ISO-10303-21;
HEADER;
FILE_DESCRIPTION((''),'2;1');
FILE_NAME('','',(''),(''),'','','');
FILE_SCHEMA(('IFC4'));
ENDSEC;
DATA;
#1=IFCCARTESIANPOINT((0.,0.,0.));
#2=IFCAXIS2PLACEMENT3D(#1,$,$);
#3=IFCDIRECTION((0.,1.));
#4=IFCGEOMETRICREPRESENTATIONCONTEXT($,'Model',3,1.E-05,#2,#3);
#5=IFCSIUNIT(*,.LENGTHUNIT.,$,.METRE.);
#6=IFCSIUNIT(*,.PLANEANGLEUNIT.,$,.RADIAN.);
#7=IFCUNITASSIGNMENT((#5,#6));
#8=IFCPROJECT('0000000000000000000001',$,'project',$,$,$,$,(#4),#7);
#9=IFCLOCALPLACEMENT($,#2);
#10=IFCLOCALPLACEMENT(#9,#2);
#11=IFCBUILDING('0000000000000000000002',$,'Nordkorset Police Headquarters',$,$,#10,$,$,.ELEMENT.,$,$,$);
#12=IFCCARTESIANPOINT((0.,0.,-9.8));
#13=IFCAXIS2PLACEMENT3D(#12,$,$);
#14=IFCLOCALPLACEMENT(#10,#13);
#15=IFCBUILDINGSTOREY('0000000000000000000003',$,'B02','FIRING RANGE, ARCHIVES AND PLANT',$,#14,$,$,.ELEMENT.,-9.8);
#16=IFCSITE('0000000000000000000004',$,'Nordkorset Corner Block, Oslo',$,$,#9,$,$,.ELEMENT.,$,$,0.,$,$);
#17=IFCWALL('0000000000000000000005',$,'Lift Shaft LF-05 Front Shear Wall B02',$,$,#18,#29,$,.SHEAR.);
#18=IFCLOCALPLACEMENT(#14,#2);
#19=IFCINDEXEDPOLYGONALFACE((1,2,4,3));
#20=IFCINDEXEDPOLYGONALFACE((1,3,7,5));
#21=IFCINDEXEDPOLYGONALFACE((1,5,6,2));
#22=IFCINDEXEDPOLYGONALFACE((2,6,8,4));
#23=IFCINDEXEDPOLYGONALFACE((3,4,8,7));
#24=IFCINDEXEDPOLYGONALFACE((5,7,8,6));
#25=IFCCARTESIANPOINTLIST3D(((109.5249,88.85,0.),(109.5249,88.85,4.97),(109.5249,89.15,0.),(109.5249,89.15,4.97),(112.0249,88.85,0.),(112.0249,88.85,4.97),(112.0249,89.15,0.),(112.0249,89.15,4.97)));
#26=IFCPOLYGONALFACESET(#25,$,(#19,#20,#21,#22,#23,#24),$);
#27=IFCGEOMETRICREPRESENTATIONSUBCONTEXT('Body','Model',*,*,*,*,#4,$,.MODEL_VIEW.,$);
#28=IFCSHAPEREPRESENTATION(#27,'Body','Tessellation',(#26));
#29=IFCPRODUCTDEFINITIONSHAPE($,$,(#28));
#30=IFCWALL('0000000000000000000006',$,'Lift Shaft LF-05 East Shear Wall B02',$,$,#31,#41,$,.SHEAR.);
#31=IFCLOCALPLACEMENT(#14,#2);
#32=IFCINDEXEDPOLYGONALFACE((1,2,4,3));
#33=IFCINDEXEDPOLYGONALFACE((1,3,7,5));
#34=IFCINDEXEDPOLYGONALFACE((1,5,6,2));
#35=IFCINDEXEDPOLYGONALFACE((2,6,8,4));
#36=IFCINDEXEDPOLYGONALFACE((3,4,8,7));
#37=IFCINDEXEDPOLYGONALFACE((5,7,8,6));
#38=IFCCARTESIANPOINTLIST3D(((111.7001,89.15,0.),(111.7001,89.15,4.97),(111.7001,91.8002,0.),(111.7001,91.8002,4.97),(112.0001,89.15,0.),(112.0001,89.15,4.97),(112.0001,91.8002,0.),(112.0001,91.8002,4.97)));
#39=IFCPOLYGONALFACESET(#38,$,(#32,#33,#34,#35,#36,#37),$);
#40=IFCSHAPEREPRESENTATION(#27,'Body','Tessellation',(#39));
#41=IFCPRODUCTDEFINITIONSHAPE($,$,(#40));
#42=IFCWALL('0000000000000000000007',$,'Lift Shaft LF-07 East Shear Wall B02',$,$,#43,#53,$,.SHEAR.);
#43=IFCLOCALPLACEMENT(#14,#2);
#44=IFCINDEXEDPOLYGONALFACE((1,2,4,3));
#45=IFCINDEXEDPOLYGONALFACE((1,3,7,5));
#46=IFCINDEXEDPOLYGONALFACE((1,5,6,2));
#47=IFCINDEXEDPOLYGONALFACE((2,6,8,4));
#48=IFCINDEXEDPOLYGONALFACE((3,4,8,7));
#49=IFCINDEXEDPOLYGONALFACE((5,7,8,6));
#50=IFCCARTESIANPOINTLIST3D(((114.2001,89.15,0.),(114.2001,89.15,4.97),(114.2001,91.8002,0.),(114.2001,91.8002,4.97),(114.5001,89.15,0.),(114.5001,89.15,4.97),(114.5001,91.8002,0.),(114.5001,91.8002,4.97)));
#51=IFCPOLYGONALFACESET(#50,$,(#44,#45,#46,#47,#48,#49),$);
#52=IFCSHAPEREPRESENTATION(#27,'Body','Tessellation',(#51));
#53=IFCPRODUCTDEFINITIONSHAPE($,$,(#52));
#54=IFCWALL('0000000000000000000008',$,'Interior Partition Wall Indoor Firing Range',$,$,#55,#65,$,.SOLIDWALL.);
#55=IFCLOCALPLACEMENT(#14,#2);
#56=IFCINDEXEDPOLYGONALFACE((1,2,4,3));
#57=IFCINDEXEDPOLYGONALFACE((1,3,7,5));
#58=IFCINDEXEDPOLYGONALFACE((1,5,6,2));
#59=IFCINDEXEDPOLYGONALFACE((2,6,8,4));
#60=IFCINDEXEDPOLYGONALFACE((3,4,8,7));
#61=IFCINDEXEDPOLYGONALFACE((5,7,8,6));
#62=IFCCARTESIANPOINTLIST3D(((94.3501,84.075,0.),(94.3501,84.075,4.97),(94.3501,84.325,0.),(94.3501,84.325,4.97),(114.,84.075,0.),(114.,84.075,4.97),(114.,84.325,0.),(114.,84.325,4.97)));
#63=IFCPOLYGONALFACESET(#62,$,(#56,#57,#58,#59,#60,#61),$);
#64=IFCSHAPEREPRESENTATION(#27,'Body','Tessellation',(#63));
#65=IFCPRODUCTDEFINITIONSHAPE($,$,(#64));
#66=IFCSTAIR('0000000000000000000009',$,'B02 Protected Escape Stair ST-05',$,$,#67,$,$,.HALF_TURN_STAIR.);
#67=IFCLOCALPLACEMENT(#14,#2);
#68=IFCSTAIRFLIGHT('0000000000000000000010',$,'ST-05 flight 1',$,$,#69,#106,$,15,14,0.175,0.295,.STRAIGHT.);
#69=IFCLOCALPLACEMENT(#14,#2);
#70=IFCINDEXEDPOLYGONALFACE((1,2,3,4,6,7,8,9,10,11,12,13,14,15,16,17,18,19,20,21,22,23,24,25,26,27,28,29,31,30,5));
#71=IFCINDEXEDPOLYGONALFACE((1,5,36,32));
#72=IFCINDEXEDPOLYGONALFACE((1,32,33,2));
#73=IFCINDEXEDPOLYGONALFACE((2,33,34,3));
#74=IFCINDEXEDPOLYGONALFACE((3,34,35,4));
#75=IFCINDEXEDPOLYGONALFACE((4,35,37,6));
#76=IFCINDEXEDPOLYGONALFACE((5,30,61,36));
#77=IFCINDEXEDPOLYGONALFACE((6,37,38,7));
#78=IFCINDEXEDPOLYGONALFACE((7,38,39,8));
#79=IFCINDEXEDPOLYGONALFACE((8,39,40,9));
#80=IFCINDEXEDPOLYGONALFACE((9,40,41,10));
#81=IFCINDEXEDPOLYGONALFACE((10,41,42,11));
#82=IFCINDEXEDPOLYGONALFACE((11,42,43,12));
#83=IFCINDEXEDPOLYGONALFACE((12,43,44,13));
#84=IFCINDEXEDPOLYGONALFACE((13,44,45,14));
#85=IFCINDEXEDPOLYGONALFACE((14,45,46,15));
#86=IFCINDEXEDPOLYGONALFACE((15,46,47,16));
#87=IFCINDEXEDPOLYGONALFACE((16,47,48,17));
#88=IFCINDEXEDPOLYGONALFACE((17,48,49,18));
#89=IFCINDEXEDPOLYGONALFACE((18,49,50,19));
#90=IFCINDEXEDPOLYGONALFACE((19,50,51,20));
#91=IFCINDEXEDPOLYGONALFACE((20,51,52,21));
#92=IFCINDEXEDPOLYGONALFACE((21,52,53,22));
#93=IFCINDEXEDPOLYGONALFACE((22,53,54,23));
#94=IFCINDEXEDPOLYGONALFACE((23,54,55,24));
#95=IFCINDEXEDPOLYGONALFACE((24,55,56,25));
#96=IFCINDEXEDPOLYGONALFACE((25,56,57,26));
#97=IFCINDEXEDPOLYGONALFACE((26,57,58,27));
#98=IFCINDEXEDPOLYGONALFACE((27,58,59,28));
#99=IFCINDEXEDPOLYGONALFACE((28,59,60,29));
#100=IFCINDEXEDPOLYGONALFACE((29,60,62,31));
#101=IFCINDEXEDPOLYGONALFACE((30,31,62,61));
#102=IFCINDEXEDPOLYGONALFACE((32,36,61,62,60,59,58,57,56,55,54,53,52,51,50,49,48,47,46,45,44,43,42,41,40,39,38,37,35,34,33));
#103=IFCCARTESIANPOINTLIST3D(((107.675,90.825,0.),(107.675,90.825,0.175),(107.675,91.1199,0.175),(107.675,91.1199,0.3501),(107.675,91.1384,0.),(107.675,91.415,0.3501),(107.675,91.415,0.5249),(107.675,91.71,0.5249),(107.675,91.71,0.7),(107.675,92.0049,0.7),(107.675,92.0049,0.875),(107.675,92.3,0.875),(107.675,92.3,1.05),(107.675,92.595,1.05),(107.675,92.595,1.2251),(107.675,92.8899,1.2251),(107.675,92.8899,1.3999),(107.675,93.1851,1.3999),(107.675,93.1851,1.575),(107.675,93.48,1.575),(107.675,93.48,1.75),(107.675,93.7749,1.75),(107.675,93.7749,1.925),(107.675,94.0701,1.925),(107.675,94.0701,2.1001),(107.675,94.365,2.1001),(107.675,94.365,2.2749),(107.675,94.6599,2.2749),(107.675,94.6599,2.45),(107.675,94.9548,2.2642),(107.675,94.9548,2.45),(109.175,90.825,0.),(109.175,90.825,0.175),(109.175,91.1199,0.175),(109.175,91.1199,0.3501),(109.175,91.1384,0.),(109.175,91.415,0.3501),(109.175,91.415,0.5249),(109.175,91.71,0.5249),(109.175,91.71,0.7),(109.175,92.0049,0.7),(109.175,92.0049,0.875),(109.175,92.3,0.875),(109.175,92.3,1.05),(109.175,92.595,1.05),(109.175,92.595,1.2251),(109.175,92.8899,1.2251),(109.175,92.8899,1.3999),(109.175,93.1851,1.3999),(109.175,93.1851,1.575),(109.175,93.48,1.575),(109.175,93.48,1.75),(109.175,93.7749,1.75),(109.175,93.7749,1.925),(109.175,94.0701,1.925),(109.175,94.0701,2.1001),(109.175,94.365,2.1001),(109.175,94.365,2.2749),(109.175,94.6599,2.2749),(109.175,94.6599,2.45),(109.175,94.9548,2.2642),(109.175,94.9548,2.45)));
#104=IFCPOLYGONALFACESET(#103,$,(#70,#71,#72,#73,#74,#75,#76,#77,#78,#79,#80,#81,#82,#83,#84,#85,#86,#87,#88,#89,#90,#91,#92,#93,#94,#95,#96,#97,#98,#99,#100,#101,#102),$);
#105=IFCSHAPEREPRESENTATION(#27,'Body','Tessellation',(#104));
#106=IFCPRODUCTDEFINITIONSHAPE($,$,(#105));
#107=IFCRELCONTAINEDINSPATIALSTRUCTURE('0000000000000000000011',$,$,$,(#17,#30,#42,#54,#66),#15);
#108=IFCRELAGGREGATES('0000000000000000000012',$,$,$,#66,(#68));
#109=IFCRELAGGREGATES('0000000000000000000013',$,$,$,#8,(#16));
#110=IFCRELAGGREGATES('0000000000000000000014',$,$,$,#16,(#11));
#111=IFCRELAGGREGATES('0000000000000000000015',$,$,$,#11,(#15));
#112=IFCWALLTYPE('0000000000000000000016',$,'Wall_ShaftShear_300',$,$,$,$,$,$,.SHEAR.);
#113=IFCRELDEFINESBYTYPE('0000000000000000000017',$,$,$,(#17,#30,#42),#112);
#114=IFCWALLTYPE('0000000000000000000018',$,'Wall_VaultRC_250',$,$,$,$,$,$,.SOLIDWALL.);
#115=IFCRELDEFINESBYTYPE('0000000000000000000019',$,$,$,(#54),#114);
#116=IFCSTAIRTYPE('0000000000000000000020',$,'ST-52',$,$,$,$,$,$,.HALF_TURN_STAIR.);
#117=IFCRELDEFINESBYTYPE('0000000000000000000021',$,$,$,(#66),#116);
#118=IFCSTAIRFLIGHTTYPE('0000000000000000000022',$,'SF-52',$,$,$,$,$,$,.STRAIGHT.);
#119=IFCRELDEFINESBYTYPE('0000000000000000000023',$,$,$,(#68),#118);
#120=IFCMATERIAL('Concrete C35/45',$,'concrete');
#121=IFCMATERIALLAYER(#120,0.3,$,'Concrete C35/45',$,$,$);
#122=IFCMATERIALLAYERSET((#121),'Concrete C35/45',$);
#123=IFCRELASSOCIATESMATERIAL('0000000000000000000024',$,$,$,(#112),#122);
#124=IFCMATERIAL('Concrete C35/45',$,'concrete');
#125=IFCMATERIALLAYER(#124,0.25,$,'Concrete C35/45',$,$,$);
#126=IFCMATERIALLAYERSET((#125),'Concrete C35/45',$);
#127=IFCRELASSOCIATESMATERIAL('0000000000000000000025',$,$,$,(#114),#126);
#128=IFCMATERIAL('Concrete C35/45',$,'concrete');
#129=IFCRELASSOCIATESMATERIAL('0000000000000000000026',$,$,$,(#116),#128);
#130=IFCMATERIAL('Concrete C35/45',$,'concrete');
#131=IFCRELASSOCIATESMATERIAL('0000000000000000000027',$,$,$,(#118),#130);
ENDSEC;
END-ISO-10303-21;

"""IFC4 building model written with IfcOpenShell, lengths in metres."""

from ifc_helpers import new_model, si_unit, direction, frame, frame_2d, origin, place, context, subcontext, project, spatial, polyline, rectangle, outline, extrude, material, layer, layer_set, type_object, element, aggregate, save


model = new_model("IFC4")

# Units and contexts
model_context = context("Model", 3, precision=1e-05, world=origin(), true_north=direction((0.0, 1.0)))
body_context = subcontext(model_context, "Body", "Model", "MODEL_VIEW")
ifc_project = project(units=[si_unit("LENGTHUNIT", "METRE"), si_unit("PLANEANGLEUNIT", "RADIAN")], contexts=[model_context])

# Site, building, storey
site_placement = place(None, origin())
site = spatial("IfcSite", under=ifc_project, at=site_placement, Name="Nordkorset Corner Block, Oslo", CompositionType="ELEMENT", RefElevation=0.0)
building_placement = place(site_placement, origin())
building = spatial("IfcBuilding", under=site, at=building_placement, Name="Nordkorset Police Headquarters", CompositionType="ELEMENT")
storey_placement = place(building_placement, frame((0.0, 0.0, -9.8)))
storey = spatial("IfcBuildingStorey", under=building, at=storey_placement, Name="B02", Description="FIRING RANGE, ARCHIVES AND PLANT", CompositionType="ELEMENT", Elevation=-9.8)

# Walls
ifc_material_1 = material(Name="Concrete C35/45", Category="concrete")
ifc_layer_1 = layer(ifc_material_1, 0.3, Name="Concrete C35/45")
ifc_layer_set_1 = layer_set([ifc_layer_1], Name="Concrete C35/45")
wall_type_1 = type_object("IfcWallType", Name="Wall_ShaftShear_300", PredefinedType="SHEAR", material=ifc_layer_set_1)
wall_1_placement = place(storey_placement, frame((109.5249, 89.0, 0.0), z_axis=(0.0, 0.0, 1.0), x_axis=(1.0, 0.0, 0.0)))
element("IfcWall", 1, at=wall_1_placement, inside=storey, type_object=wall_type_1, Name="Lift Shaft LF-05 Front Shear Wall B02", PredefinedType="SHEAR", context=body_context, shape_type="SweptSolid", body=[
    extrude(rectangle(XDim=2.5, YDim=0.3, at=frame_2d((1.25, 0.0))), origin(), (0.0, 0.0, 1.0), 4.97),
])
wall_2_placement = place(storey_placement, frame((111.8501, 89.1499, 0.0), z_axis=(0.0, 0.0, 1.0), x_axis=(0.0, 1.0, 0.0)))
element("IfcWall", 2, at=wall_2_placement, inside=storey, type_object=wall_type_1, Name="Lift Shaft LF-05 East Shear Wall B02", PredefinedType="SHEAR", context=body_context, shape_type="SweptSolid", body=[
    extrude(rectangle(XDim=2.6501, YDim=0.3, at=frame_2d((1.3252, 0.0))), origin(), (0.0, 0.0, 1.0), 4.97),
])

# Walls
wall_3_placement = place(storey_placement, frame((114.3501, 89.1499, 0.0), z_axis=(0.0, 0.0, 1.0), x_axis=(0.0, 1.0, 0.0)))
element("IfcWall", 3, at=wall_3_placement, inside=storey, type_object=wall_type_1, Name="Lift Shaft LF-07 East Shear Wall B02", PredefinedType="SHEAR", context=body_context, shape_type="SweptSolid", body=[
    extrude(rectangle(XDim=2.6501, YDim=0.3, at=frame_2d((1.3252, 0.0))), origin(), (0.0, 0.0, 1.0), 4.97),
])
ifc_material_2 = material(Name="Concrete C35/45", Category="concrete")
ifc_layer_2 = layer(ifc_material_2, 0.25, Name="Concrete C35/45")
ifc_layer_set_2 = layer_set([ifc_layer_2], Name="Concrete C35/45")
wall_type_2 = type_object("IfcWallType", Name="Wall_VaultRC_250", PredefinedType="SOLIDWALL", material=ifc_layer_set_2)
wall_4_placement = place(storey_placement, frame((114.0, 84.2, 0.0), z_axis=(0.0, 0.0, 1.0), x_axis=(-1.0, 0.0, 0.0)))
element("IfcWall", 4, at=wall_4_placement, inside=storey, type_object=wall_type_2, Name="Interior Partition Wall Indoor Firing Range", PredefinedType="SOLIDWALL", context=body_context, shape_type="SweptSolid", body=[
    extrude(rectangle(XDim=19.6499, YDim=0.25, at=frame_2d((9.825, 0.0))), origin(), (0.0, 0.0, 1.0), 4.97),
])

# Stair, stair flight
ifc_material_3 = material(Name="Concrete C35/45", Category="concrete")
stair_type = type_object("IfcStairType", Name="ST-52", PredefinedType="HALF_TURN_STAIR", material=ifc_material_3)
stair_placement = place(storey_placement, origin())
stair = element("IfcStair", 5, at=stair_placement, inside=storey, type_object=stair_type, Name="B02 Protected Escape Stair ST-05", PredefinedType="HALF_TURN_STAIR")
ifc_material_4 = material(Name="Concrete C35/45", Category="concrete")
stair_flight_type = type_object("IfcStairFlightType", Name="SF-52", PredefinedType="STRAIGHT", material=ifc_material_4)
stair_flight_placement = place(storey_placement, frame((108.425, 90.825, 0.0), z_axis=(0.0, 0.0, 1.0), x_axis=(0.0, 1.0, 0.0)))
stair_flight = element("IfcStairFlight", 6, at=stair_flight_placement, type_object=stair_flight_type, Name="ST-05 flight 1", NumberOfRisers=15, NumberOfTreads=14, PredefinedType="STRAIGHT", RiserHeight=0.175, TreadLength=0.295, context=body_context, shape_type="SweptSolid", body=[
    extrude(outline(polyline([(0.0, 0.0), (0.0, 0.175), (0.2949, 0.175), (0.2949, 0.3501), (0.5901, 0.3501), (0.5901, 0.5249), (0.885, 0.5249), (0.885, 0.7), (1.1799, 0.7), (1.1799, 0.875), (1.4751, 0.875), (1.4751, 1.05), (1.77, 1.05), (1.77, 1.2251), (2.0649, 1.2251), (2.0649, 1.3999), (2.3601, 1.3999), (2.3601, 1.575), (2.655, 1.575), (2.655, 1.75), (2.95, 1.75), (2.95, 1.925), (3.2451, 1.925), (3.2451, 2.1001), (3.54, 2.1001), (3.54, 2.2749), (3.835, 2.2749), (3.835, 2.45), (4.1299, 2.45), (4.1299, 2.625), (4.1299, 2.2642), (0.3135, 0.0), (0.0, 0.0)])), frame((0.0, 0.75, 0.0), z_axis=(0.0, -1.0, 0.0), x_axis=(1.0, 0.0, 0.0)), (0.0, 0.0, 1.0), 1.5),
])
aggregate(stair, [stair_flight])

save(model, "model.ifc")
